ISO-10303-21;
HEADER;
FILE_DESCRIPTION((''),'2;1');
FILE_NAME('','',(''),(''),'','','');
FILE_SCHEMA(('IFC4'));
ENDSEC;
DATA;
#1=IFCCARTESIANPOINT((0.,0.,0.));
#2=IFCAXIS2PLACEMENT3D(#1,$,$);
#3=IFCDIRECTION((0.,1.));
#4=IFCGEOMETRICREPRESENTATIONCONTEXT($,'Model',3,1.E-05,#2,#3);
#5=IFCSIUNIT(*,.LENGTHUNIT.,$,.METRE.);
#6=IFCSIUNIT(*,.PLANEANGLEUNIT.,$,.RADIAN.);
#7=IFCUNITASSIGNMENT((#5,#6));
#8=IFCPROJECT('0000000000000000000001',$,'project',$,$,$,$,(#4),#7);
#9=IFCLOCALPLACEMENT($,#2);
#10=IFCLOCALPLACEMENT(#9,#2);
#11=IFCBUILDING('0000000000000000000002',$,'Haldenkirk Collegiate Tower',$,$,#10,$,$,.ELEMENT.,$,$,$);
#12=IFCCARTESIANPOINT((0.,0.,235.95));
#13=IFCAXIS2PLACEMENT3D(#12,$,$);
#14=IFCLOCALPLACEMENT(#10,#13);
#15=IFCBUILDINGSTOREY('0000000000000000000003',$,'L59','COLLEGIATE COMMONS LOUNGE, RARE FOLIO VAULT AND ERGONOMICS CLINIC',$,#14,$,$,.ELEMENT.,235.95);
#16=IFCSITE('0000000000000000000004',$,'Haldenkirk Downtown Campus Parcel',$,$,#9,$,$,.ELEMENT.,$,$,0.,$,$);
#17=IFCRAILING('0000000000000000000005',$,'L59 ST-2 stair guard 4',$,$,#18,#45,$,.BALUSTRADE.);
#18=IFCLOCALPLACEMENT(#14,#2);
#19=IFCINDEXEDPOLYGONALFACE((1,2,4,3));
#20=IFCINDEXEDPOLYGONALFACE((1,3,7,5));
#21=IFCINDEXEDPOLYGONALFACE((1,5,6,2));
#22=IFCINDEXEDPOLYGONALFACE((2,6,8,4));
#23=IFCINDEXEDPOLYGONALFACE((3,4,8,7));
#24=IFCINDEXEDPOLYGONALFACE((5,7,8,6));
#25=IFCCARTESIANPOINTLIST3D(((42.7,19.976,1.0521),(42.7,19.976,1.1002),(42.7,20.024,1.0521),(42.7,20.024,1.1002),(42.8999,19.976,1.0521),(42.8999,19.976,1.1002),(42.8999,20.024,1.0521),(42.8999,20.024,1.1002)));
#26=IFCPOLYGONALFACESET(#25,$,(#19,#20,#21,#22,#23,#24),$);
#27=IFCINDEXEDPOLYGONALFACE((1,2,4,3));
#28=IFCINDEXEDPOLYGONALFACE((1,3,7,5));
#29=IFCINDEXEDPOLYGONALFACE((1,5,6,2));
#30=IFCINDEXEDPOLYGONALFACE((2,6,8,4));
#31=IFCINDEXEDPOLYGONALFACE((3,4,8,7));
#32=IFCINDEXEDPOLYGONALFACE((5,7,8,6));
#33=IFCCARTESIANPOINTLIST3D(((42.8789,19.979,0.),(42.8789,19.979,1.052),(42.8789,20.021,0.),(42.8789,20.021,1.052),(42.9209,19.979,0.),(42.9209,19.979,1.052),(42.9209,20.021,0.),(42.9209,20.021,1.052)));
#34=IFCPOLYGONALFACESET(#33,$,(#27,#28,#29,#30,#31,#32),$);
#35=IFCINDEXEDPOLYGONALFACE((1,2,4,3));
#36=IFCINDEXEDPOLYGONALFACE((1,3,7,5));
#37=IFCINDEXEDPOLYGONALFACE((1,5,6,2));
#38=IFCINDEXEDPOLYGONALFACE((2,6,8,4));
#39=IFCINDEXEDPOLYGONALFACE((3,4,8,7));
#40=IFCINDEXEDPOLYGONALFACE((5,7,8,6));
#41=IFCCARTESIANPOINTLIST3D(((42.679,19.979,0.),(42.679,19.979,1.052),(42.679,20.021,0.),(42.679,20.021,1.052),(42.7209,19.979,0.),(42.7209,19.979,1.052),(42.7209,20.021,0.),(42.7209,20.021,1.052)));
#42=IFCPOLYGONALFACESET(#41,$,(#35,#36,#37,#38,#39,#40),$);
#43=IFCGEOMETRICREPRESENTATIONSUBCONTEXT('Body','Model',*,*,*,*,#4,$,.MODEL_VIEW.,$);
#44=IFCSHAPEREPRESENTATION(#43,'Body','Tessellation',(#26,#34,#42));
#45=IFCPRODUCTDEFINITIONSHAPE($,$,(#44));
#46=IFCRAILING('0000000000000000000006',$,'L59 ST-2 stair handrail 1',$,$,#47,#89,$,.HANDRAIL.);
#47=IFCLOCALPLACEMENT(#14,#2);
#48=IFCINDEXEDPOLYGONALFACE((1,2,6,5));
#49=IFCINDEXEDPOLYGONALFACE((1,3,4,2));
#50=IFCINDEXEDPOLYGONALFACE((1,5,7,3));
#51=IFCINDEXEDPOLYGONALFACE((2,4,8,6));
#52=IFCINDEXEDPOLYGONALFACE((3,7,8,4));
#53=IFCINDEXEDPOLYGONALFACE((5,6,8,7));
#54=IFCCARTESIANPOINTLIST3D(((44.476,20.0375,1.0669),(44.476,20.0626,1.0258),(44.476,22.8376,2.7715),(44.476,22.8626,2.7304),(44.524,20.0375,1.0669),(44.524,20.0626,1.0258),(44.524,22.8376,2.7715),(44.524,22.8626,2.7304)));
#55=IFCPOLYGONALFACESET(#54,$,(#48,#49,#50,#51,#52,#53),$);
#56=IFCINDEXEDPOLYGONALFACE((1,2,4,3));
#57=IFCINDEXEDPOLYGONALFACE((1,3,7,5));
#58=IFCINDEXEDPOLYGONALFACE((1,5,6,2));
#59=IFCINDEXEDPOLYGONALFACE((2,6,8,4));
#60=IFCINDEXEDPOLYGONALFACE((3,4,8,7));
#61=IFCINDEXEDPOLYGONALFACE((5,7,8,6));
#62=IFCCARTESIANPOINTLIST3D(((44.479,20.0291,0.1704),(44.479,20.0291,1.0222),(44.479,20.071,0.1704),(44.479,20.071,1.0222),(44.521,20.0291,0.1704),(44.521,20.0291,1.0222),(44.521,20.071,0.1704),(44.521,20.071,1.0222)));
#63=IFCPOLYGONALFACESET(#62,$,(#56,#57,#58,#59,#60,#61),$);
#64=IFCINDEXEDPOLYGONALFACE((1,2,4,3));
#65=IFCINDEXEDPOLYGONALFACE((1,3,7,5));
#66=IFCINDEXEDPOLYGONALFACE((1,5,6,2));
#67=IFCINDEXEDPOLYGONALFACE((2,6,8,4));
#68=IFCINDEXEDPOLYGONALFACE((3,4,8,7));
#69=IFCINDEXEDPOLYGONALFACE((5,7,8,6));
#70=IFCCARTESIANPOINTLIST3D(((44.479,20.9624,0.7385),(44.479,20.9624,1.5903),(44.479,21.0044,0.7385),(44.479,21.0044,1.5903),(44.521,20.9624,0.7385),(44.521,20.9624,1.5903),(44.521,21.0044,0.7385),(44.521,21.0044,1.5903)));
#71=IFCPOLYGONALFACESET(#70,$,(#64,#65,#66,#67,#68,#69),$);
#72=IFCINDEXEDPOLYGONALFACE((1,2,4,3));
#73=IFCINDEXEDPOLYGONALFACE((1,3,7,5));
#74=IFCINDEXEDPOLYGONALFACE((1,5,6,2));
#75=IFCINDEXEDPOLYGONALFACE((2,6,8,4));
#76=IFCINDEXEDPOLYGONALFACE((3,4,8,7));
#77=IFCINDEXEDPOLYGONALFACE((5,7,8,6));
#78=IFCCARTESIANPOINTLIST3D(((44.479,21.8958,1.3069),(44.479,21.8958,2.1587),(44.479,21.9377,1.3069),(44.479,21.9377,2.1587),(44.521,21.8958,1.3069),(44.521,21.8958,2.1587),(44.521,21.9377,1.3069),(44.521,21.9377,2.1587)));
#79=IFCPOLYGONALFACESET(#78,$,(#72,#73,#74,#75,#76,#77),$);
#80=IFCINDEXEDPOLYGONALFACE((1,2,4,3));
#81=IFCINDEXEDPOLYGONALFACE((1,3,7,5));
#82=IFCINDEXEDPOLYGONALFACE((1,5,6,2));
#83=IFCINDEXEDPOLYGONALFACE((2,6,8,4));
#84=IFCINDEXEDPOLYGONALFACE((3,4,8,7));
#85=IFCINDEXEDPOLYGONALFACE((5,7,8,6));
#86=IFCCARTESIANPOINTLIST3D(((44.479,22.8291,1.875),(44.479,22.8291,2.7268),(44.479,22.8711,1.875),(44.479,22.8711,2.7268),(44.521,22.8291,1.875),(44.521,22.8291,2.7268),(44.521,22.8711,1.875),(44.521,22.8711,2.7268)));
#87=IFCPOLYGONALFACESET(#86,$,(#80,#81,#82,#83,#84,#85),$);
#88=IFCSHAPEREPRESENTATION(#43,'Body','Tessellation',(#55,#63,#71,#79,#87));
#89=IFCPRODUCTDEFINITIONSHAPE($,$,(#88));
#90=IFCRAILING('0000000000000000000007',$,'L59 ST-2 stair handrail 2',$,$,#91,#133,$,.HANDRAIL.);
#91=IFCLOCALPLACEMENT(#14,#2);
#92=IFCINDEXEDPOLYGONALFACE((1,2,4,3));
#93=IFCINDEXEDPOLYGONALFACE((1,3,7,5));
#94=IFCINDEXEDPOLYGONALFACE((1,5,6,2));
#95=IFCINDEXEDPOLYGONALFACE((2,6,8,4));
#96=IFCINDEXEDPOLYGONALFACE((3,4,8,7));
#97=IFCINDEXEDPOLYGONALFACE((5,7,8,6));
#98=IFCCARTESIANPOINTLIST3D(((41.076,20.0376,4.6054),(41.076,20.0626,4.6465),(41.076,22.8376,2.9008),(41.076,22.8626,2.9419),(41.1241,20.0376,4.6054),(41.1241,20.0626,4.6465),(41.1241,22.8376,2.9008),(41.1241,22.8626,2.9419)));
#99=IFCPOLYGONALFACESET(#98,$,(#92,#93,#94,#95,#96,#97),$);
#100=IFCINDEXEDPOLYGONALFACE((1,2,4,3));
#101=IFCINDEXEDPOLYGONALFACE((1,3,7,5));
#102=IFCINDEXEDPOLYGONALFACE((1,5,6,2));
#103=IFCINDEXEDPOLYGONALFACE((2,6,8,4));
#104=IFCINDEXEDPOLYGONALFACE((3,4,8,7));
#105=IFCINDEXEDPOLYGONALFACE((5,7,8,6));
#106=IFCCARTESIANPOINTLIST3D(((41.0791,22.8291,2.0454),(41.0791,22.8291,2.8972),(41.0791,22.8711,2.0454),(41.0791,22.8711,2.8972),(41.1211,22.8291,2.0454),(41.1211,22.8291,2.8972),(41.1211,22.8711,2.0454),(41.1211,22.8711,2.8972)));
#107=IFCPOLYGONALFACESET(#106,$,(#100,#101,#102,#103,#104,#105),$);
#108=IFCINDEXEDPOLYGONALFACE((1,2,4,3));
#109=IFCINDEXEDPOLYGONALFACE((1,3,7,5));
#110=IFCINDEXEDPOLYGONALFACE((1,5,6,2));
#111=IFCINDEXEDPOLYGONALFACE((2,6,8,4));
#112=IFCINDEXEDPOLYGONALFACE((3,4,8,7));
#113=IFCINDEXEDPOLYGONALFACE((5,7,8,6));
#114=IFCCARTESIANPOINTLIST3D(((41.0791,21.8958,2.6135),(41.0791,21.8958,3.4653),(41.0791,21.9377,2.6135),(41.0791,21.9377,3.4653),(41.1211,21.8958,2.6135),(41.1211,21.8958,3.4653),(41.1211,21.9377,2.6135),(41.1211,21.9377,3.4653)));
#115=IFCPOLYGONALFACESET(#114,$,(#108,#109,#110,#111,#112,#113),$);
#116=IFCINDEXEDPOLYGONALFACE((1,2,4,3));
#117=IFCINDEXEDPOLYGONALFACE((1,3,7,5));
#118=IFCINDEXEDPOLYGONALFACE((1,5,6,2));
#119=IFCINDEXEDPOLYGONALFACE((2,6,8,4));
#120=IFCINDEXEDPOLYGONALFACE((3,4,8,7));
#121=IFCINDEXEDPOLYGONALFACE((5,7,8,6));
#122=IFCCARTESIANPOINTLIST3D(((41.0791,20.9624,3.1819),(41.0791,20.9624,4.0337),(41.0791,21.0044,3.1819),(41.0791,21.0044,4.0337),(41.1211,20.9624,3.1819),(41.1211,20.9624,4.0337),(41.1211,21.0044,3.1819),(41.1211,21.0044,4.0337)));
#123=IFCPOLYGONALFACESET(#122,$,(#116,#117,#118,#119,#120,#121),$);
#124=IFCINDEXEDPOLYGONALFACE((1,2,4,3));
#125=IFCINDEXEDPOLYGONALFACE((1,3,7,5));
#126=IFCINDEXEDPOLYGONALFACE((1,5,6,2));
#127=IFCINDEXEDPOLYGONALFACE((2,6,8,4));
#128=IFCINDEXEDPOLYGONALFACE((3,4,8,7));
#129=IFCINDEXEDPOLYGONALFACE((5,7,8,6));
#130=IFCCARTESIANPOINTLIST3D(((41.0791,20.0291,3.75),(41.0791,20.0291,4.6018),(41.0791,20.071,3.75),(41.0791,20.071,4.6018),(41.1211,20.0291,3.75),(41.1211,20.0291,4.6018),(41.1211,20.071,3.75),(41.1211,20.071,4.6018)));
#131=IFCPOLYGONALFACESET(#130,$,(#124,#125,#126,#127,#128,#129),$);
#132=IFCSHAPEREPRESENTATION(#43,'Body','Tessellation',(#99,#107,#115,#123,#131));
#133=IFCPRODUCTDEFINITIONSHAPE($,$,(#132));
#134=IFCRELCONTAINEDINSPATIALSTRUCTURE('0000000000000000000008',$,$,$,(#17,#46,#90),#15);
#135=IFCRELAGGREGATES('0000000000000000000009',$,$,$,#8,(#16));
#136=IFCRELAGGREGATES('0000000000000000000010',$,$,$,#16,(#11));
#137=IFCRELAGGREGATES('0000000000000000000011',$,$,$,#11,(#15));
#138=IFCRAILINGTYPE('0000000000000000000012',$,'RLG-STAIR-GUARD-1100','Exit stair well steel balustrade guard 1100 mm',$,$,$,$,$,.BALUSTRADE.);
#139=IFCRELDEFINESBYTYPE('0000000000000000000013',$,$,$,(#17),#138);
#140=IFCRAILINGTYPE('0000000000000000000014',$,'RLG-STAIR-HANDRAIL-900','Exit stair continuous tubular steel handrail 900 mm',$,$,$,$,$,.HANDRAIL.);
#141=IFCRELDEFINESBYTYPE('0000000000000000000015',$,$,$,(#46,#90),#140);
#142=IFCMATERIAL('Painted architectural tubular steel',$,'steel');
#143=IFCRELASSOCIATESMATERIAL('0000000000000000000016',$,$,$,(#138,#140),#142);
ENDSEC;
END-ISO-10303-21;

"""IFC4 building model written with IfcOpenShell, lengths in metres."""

from ifc_helpers import new_model, si_unit, direction, frame, origin, origin_2d, place, context, subcontext, project, spatial, rectangle, extrude, material, type_object, element, save


model = new_model("IFC4")

# Units and contexts
model_context = context("Model", 3, precision=1e-05, world=origin(), true_north=direction((0.0, 1.0)))
body_context = subcontext(model_context, "Body", "Model", "MODEL_VIEW")
ifc_project = project(units=[si_unit("LENGTHUNIT", "METRE"), si_unit("PLANEANGLEUNIT", "RADIAN")], contexts=[model_context])

# Site, building, storey
site_placement = place(None, origin())
site = spatial("IfcSite", under=ifc_project, at=site_placement, Name="Haldenkirk Downtown Campus Parcel", CompositionType="ELEMENT", RefElevation=0.0)
building_placement = place(site_placement, origin())
building = spatial("IfcBuilding", under=site, at=building_placement, Name="Haldenkirk Collegiate Tower", CompositionType="ELEMENT")
storey_placement = place(building_placement, frame((0.0, 0.0, 235.95)))
storey = spatial("IfcBuildingStorey", under=building, at=storey_placement, Name="L59", Description="COLLEGIATE COMMONS LOUNGE, RARE FOLIO VAULT AND ERGONOMICS CLINIC", CompositionType="ELEMENT", Elevation=235.95)

# Railings
ifc_material_1 = material(Name="Painted architectural tubular steel", Category="steel")
railing_type_1 = type_object("IfcRailingType", Name="RLG-STAIR-GUARD-1100", Description="Exit stair well steel balustrade guard 1100 mm", PredefinedType="BALUSTRADE", material=ifc_material_1)
railing_1_placement = place(storey_placement, frame((42.8999, 20.0, 0.0)))
element("IfcRailing", 1, at=railing_1_placement, inside=storey, type_object=railing_type_1, Name="L59 ST-2 stair guard 4", PredefinedType="BALUSTRADE", context=body_context, shape_type="SweptSolid", body=[
    extrude(rectangle(XDim=0.0481, YDim=0.0481, at=origin_2d()), frame((0.0, 0.0, 1.0762), z_axis=(-1.0, 0.0, 0.0), x_axis=(0.0, -1.0, 0.0)), (0.0, 0.0, 1.0), 0.2),
    extrude(rectangle(XDim=0.042, YDim=0.042, at=origin_2d()), origin(), (0.0, 0.0, 1.0), 1.052),
    extrude(rectangle(XDim=0.042, YDim=0.042, at=origin_2d()), frame((-0.2, 0.0, 0.0)), (0.0, 0.0, 1.0), 1.052),
])
railing_type_2 = type_object("IfcRailingType", Name="RLG-STAIR-HANDRAIL-900", Description="Exit stair continuous tubular steel handrail 900 mm", PredefinedType="HANDRAIL", material=ifc_material_1)
railing_2_placement = place(storey_placement, frame((44.5, 20.05, 0.1704)))
element("IfcRailing", 2, at=railing_2_placement, inside=storey, type_object=railing_type_2, Name="L59 ST-2 stair handrail 1", PredefinedType="HANDRAIL", context=body_context, shape_type="SweptSolid", body=[
    extrude(rectangle(XDim=0.0481, YDim=0.0481, at=origin_2d()), frame((0.0, 0.0, 0.876), z_axis=(0.0, 0.85417, 0.519994), x_axis=(-1.0, 0.0, 0.0)), (0.0, 0.0, 1.0), 3.2781),
    extrude(rectangle(XDim=0.042, YDim=0.042, at=origin_2d()), origin(), (0.0, 0.0, 1.0), 0.8518),
    extrude(rectangle(XDim=0.042, YDim=0.042, at=origin_2d()), frame((0.0, 0.9333, 0.5681)), (0.0, 0.0, 1.0), 0.8518),
    extrude(rectangle(XDim=0.042, YDim=0.042, at=origin_2d()), frame((0.0, 1.8667, 1.1365)), (0.0, 0.0, 1.0), 0.8518),
    extrude(rectangle(XDim=0.042, YDim=0.042, at=origin_2d()), frame((0.0, 2.8, 1.7046)), (0.0, 0.0, 1.0), 0.8518),
])
railing_3_placement = place(storey_placement, frame((41.1001, 22.8501, 2.0454)))
element("IfcRailing", 3, at=railing_3_placement, inside=storey, type_object=railing_type_2, Name="L59 ST-2 stair handrail 2", PredefinedType="HANDRAIL", context=body_context, shape_type="SweptSolid", body=[
    extrude(rectangle(XDim=0.0481, YDim=0.0481, at=origin_2d()), frame((0.0, 0.0, 0.876), z_axis=(0.0, -0.85417, 0.519994), x_axis=(1.0, 0.0, 0.0)), (0.0, 0.0, 1.0), 3.2781),
    extrude(rectangle(XDim=0.042, YDim=0.042, at=origin_2d()), origin(), (0.0, 0.0, 1.0), 0.8518),
    extrude(rectangle(XDim=0.042, YDim=0.042, at=origin_2d()), frame((0.0, -0.9333, 0.5681)), (0.0, 0.0, 1.0), 0.8518),
    extrude(rectangle(XDim=0.042, YDim=0.042, at=origin_2d()), frame((0.0, -1.8667, 1.1365)), (0.0, 0.0, 1.0), 0.8518),
    extrude(rectangle(XDim=0.042, YDim=0.042, at=origin_2d()), frame((0.0, -2.8, 1.7046)), (0.0, 0.0, 1.0), 0.8518),
])

save(model, "model.ifc")
